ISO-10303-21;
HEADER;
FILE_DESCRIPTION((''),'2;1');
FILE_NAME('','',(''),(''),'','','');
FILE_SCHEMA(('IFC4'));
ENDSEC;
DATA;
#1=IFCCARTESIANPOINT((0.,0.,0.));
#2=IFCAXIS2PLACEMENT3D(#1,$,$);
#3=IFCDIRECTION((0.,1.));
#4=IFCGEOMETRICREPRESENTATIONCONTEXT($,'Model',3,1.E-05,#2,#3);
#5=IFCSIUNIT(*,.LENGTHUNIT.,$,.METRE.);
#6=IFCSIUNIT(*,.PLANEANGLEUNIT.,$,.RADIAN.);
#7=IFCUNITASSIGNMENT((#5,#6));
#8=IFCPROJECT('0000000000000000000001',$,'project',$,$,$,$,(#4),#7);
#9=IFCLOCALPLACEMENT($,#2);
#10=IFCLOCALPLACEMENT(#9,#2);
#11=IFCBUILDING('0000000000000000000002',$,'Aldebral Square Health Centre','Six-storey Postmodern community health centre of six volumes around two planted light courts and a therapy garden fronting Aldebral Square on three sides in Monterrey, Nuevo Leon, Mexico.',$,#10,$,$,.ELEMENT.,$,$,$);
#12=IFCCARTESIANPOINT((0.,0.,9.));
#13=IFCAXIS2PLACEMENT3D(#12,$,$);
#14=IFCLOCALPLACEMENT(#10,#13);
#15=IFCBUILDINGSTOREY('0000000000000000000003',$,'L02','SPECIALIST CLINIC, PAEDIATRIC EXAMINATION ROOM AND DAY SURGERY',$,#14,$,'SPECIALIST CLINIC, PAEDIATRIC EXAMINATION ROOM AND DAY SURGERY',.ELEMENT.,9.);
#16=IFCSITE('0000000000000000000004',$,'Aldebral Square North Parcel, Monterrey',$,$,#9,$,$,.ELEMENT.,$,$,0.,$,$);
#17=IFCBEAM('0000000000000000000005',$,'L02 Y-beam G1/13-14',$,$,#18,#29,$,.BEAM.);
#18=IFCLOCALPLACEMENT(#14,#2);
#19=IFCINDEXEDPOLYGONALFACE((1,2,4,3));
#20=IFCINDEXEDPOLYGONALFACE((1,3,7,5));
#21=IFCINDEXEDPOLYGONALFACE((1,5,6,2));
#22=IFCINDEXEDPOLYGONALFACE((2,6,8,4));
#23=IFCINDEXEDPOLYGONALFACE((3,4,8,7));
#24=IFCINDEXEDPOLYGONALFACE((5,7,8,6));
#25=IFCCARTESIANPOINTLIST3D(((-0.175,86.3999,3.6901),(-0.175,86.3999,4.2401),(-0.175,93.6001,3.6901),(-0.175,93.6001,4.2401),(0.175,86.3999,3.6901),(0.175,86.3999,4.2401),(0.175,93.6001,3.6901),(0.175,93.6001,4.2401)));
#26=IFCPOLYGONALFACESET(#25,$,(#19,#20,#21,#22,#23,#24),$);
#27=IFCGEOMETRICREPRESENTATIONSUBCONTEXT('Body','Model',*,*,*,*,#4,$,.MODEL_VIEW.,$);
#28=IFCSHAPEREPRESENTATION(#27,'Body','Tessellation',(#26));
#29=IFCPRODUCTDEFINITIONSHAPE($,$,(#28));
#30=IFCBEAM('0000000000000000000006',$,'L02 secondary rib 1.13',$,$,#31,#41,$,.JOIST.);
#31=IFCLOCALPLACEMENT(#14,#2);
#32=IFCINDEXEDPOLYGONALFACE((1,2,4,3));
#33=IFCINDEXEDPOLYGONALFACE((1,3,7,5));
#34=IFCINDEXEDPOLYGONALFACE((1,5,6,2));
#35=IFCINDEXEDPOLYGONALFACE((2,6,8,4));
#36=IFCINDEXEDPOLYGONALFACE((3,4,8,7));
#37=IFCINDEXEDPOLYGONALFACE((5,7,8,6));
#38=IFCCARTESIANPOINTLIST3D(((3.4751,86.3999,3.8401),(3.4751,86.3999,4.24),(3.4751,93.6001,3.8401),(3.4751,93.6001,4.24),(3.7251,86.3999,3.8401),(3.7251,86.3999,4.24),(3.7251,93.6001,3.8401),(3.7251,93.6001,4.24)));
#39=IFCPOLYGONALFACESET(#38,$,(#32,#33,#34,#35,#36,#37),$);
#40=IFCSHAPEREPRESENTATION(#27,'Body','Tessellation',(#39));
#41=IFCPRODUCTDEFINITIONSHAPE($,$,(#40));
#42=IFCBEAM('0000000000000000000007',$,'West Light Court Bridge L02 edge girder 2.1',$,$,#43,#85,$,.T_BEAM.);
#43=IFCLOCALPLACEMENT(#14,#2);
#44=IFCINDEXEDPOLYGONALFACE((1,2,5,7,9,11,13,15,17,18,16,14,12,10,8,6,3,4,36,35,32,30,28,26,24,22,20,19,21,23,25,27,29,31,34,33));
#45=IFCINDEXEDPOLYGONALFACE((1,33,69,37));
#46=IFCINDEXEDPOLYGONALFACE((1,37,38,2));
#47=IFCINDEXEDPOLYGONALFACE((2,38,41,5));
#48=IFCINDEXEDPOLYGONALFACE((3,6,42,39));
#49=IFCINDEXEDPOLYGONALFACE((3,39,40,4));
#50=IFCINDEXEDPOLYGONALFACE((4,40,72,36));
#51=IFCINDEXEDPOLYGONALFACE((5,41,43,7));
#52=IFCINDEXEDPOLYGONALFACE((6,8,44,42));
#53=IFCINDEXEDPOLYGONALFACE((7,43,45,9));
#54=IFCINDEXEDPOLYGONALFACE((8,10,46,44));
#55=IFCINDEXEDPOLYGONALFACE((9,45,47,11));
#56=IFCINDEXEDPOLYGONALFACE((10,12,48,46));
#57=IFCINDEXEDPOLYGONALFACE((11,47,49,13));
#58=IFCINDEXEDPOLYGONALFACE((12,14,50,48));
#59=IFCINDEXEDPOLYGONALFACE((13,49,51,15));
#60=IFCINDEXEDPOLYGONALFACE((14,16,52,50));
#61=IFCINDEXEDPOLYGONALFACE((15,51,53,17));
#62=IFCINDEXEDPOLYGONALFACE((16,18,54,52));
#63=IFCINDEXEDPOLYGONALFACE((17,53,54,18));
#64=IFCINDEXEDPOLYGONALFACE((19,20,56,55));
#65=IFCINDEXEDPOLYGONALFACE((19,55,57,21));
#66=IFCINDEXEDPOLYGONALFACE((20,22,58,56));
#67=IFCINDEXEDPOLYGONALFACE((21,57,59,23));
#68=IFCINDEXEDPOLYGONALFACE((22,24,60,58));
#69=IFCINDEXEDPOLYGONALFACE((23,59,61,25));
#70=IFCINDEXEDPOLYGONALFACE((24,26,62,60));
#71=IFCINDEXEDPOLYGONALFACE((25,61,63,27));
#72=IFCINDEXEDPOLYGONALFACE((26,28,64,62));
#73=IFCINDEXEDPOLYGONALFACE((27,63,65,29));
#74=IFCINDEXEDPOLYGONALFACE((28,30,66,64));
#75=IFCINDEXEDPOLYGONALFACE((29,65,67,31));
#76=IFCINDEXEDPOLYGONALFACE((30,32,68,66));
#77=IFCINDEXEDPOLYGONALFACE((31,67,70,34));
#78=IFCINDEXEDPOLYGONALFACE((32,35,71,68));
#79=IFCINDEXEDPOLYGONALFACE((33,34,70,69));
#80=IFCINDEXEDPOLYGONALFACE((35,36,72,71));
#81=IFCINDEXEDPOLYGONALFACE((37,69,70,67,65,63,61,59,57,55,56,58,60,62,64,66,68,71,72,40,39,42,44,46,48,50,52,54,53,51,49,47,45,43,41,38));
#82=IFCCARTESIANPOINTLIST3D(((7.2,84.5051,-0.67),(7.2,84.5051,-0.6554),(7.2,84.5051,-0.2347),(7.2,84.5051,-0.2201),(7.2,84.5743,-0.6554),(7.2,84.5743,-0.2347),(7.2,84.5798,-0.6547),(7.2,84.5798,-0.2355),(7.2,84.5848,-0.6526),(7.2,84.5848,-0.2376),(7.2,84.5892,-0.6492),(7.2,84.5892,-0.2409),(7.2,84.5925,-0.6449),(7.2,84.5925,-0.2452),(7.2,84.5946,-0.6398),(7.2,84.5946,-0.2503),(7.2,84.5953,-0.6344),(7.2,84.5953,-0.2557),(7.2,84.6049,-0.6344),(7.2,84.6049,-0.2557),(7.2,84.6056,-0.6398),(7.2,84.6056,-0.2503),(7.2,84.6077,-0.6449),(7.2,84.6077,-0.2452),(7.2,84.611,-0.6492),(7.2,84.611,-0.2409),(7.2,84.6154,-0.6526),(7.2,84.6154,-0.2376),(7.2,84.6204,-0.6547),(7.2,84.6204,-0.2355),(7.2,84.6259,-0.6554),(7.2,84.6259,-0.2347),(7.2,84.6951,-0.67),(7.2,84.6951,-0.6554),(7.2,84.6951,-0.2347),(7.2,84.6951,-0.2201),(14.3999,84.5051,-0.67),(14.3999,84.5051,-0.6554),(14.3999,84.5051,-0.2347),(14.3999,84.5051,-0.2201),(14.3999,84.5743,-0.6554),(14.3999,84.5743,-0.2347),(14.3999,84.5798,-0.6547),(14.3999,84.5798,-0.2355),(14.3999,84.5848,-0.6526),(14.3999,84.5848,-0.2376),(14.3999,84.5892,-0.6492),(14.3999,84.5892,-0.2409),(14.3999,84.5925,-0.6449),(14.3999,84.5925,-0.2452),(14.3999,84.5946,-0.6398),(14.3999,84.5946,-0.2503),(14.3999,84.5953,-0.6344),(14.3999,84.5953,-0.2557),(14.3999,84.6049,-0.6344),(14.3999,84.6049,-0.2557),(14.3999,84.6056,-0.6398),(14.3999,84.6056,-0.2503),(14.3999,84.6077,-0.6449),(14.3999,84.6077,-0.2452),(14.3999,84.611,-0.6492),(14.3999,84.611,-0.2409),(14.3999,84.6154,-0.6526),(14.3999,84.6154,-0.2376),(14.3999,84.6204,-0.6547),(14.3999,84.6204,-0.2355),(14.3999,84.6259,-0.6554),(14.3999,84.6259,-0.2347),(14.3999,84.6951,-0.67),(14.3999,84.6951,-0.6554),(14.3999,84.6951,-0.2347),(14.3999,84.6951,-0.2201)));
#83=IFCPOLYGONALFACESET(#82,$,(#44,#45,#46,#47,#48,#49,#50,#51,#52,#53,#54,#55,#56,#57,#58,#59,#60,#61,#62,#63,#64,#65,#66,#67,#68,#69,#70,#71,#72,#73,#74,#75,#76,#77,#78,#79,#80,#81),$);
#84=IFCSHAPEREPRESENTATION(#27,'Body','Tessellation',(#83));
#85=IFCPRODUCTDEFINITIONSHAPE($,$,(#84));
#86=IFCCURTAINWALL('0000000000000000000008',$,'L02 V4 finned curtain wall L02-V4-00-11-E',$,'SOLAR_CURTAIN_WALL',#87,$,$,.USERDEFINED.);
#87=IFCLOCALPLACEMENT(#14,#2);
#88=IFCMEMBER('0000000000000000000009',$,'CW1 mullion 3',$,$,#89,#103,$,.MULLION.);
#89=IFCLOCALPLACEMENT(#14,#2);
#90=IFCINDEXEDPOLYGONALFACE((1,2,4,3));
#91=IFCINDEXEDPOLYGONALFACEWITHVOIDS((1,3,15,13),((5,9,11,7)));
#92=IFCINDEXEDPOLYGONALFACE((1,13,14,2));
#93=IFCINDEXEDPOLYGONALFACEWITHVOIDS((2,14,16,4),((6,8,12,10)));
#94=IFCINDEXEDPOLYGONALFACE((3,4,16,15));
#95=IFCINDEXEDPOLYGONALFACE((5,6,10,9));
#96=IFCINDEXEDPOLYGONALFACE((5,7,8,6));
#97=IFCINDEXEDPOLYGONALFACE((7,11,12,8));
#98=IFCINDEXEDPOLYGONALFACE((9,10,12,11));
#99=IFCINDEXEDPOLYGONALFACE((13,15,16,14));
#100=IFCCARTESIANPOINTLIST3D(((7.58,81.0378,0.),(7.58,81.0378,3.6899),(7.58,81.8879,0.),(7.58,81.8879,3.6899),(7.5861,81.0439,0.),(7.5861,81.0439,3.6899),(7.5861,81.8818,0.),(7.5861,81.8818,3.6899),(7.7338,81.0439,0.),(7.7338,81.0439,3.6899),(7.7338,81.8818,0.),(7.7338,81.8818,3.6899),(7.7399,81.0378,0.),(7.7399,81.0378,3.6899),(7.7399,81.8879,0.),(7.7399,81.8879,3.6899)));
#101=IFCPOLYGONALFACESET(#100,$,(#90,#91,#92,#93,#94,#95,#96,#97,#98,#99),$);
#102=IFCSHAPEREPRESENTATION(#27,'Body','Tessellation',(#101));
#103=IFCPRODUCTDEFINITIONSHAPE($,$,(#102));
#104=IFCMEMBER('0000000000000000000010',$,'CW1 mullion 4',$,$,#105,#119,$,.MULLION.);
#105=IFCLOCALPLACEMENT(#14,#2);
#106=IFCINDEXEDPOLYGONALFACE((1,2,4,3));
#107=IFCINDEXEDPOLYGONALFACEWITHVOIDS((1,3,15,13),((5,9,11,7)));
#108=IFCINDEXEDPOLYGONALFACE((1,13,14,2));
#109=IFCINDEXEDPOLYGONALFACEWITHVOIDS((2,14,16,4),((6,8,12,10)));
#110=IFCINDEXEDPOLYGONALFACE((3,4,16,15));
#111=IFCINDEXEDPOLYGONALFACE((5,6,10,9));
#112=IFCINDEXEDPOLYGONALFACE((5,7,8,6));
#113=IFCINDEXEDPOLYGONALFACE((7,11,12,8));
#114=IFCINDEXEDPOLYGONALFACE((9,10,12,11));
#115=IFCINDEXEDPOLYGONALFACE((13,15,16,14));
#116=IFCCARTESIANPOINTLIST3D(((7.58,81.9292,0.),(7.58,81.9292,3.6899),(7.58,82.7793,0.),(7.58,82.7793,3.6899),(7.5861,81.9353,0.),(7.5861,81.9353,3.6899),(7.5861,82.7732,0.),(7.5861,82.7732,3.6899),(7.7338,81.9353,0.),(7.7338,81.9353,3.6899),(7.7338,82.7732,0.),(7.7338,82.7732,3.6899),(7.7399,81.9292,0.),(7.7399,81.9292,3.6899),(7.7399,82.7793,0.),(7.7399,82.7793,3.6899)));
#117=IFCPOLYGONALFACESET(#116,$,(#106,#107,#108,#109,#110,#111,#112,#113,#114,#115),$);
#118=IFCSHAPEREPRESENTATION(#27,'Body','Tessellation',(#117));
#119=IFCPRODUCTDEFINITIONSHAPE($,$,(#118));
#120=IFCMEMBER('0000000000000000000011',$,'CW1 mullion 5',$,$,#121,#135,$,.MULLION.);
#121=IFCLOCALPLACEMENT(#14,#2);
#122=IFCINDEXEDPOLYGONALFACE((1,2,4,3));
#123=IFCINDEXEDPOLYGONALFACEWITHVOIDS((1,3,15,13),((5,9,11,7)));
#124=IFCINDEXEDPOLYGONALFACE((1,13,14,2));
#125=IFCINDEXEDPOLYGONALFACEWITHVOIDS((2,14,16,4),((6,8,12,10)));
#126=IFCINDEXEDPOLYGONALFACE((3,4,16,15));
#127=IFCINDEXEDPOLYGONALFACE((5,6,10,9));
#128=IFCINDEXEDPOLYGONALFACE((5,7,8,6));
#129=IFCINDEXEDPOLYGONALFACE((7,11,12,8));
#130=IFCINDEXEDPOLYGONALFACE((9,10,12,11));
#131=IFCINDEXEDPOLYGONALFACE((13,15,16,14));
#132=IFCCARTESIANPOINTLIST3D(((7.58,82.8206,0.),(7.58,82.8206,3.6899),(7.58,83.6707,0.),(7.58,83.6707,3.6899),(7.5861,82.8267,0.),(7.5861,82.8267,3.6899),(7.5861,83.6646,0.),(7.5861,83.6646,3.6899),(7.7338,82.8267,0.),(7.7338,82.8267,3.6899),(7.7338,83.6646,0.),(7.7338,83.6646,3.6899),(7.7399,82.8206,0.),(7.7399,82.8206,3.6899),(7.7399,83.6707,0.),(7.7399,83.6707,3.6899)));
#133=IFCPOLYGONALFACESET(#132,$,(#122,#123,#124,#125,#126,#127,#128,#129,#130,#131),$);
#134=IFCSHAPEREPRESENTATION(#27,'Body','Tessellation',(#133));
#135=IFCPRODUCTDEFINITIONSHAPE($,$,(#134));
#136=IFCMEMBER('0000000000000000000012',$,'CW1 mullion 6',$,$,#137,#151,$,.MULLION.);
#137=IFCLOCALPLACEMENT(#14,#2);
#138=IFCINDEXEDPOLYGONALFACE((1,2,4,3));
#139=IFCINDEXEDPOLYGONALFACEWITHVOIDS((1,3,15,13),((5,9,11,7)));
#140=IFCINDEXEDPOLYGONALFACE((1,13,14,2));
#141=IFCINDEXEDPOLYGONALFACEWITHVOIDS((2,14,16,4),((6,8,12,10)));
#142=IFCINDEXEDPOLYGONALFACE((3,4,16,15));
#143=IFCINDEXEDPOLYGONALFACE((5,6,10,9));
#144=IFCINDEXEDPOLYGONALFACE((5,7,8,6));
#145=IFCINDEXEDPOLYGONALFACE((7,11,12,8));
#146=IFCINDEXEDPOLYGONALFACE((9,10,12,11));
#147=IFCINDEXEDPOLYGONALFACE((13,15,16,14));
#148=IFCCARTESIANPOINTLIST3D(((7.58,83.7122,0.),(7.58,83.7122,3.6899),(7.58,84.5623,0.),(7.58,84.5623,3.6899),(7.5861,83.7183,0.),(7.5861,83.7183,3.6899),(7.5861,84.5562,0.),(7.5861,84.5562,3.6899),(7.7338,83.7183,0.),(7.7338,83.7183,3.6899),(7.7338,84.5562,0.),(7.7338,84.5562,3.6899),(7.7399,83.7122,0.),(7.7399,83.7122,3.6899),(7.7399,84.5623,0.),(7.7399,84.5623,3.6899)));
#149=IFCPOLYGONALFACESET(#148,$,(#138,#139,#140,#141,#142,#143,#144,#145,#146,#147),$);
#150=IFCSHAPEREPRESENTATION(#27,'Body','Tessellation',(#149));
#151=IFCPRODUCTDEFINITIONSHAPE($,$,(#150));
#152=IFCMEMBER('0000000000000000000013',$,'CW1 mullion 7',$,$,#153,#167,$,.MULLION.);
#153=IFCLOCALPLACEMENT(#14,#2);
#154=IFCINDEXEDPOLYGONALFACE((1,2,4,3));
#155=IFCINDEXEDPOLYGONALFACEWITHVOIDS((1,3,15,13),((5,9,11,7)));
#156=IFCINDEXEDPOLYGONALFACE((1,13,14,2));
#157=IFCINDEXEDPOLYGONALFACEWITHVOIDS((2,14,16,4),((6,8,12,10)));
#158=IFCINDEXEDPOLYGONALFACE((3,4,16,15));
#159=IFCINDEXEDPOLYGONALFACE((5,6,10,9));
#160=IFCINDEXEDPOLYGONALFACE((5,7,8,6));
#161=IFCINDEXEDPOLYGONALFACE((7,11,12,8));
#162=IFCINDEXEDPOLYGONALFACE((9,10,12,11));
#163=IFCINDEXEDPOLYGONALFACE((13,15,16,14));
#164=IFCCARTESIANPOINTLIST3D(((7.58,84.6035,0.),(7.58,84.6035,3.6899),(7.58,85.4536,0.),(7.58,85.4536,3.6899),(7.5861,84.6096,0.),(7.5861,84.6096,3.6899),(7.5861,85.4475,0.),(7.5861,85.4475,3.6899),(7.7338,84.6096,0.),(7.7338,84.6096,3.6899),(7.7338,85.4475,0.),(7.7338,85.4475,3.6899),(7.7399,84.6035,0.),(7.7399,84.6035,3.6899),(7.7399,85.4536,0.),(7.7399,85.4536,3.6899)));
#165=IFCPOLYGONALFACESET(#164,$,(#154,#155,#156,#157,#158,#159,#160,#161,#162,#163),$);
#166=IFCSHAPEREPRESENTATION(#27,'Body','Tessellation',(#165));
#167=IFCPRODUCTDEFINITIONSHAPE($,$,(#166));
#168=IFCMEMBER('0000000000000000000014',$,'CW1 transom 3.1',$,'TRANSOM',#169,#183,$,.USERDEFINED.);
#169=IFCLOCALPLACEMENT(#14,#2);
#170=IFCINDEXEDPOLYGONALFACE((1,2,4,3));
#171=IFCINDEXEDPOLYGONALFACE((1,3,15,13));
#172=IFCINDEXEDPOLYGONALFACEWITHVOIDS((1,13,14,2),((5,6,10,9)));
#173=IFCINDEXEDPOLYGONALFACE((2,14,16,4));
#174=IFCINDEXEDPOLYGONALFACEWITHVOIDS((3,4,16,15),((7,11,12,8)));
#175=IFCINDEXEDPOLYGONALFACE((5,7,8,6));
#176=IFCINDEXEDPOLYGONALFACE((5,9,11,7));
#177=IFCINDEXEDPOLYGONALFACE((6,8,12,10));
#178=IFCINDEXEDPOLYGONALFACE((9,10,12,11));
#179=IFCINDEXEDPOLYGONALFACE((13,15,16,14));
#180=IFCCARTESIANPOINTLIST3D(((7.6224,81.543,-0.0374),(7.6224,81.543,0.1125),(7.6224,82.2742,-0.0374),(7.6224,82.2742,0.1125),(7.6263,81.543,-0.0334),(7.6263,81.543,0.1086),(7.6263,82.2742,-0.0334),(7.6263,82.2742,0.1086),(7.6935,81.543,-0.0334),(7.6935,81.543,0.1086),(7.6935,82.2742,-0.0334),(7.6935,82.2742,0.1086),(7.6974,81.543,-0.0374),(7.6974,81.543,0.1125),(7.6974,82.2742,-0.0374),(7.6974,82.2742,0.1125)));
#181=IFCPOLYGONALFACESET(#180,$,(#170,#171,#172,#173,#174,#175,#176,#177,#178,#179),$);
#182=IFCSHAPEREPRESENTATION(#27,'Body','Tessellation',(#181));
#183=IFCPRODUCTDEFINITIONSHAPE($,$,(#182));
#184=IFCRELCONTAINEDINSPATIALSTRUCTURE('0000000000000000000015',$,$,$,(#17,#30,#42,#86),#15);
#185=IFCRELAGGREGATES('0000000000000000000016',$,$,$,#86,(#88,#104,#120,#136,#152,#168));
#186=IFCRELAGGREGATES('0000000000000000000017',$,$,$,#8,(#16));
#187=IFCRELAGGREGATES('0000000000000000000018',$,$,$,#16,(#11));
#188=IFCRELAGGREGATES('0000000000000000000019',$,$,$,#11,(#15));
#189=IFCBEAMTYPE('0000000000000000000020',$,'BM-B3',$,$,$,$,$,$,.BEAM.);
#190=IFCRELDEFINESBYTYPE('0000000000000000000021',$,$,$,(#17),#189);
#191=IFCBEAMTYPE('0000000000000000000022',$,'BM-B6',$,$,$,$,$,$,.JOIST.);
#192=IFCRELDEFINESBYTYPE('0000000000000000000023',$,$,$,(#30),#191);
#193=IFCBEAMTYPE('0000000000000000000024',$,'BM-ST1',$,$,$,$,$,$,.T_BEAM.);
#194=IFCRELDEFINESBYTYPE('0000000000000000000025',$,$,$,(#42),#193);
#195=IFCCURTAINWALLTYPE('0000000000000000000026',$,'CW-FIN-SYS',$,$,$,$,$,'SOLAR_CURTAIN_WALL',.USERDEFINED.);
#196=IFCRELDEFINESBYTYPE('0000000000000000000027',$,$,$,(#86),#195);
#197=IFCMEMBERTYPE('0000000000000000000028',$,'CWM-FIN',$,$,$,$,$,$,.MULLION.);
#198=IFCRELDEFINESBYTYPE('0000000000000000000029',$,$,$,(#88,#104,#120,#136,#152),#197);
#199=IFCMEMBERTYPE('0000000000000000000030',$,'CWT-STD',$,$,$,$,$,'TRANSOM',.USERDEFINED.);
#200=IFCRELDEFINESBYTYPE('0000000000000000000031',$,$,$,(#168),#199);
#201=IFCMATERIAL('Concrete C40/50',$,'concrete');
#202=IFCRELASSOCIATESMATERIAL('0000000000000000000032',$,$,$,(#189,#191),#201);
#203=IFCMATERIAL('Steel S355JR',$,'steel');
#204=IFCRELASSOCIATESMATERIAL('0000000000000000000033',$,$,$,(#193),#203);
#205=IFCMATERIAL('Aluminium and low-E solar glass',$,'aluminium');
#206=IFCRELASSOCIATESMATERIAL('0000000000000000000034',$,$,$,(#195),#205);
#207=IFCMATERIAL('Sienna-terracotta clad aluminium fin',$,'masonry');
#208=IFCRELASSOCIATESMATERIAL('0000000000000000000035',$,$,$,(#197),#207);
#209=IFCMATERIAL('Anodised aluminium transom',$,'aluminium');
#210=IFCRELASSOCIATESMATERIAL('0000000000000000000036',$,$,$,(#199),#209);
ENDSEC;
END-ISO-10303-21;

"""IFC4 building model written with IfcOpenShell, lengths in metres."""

from ifc_helpers import new_model, si_unit, direction, frame, origin, origin_2d, place, context, subcontext, project, spatial, rectangle, hollow_rectangle, i_section, extrude, material, material_profile, profile_set, type_object, element, aggregate, save


model = new_model("IFC4")

# Units and contexts
model_context = context("Model", 3, precision=1e-05, world=origin(), true_north=direction((0.0, 1.0)))
body_context = subcontext(model_context, "Body", "Model", "MODEL_VIEW")
ifc_project = project(units=[si_unit("LENGTHUNIT", "METRE"), si_unit("PLANEANGLEUNIT", "RADIAN")], contexts=[model_context])

# Site, building, storey
site_placement = place(None, origin())
site = spatial("IfcSite", under=ifc_project, at=site_placement, Name="Aldebral Square North Parcel, Monterrey", CompositionType="ELEMENT", RefElevation=0.0)
building_placement = place(site_placement, origin())
building = spatial("IfcBuilding", under=site, at=building_placement, Name="Aldebral Square Health Centre", Description="Six-storey Postmodern community health centre of six volumes around two planted light courts and a therapy garden fronting Aldebral Square on three sides in Monterrey, Nuevo Leon, Mexico.", CompositionType="ELEMENT")
storey_placement = place(building_placement, frame((0.0, 0.0, 9.0)))
storey = spatial("IfcBuildingStorey", under=building, at=storey_placement, Name="L02", Description="SPECIALIST CLINIC, PAEDIATRIC EXAMINATION ROOM AND DAY SURGERY", LongName="SPECIALIST CLINIC, PAEDIATRIC EXAMINATION ROOM AND DAY SURGERY", CompositionType="ELEMENT", Elevation=9.0)

# Beams
ifc_material_1 = material(Name="Concrete C40/50", Category="concrete")
ifc_material_profile_1 = material_profile(ifc_material_1, rectangle(XDim=0.3501, YDim=0.55, at=origin_2d()), Name="RC 350x550")
ifc_profile_set_1 = profile_set([ifc_material_profile_1], Name="Concrete C40/50")
beam_type_1 = type_object("IfcBeamType", Name="BM-B3", PredefinedType="BEAM", material=ifc_profile_set_1)
beam_1_placement = place(storey_placement, frame((0.0, 86.3999, 3.9651), z_axis=(0.0, 1.0, 0.0), x_axis=(-1.0, 0.0, 0.0)))
element("IfcBeam", 1, at=beam_1_placement, inside=storey, type_object=beam_type_1, Name="L02 Y-beam G1/13-14", PredefinedType="BEAM", context=body_context, shape_type="SweptSolid", body=[
    extrude(rectangle(XDim=0.3501, YDim=0.55, at=origin_2d()), origin(), (0.0, 0.0, 1.0), 7.2002),
])
ifc_material_profile_2 = material_profile(ifc_material_1, rectangle(XDim=0.25, YDim=0.3999, at=origin_2d()), Name="RC 250x400")
ifc_profile_set_2 = profile_set([ifc_material_profile_2], Name="Concrete C40/50")
beam_type_2 = type_object("IfcBeamType", Name="BM-B6", PredefinedType="JOIST", material=ifc_profile_set_2)
beam_2_placement = place(storey_placement, frame((3.6001, 86.3999, 4.04), z_axis=(0.0, 1.0, 0.0), x_axis=(-1.0, 0.0, 0.0)))
element("IfcBeam", 2, at=beam_2_placement, inside=storey, type_object=beam_type_2, Name="L02 secondary rib 1.13", PredefinedType="JOIST", context=body_context, shape_type="SweptSolid", body=[
    extrude(rectangle(XDim=0.25, YDim=0.3999, at=origin_2d()), origin(), (0.0, 0.0, 1.0), 7.2002),
])
ifc_material_2 = material(Name="Steel S355JR", Category="steel")
ifc_material_profile_3 = material_profile(ifc_material_2, i_section(OverallWidth=0.1899, OverallDepth=0.45, WebThickness=0.0095, FlangeThickness=0.0146, FilletRadius=0.021, at=origin_2d()), Name="IPE 450")
ifc_profile_set_3 = profile_set([ifc_material_profile_3], Name="Steel S355JR")
beam_type_3 = type_object("IfcBeamType", Name="BM-ST1", PredefinedType="T_BEAM", material=ifc_profile_set_3)
beam_3_placement = place(storey_placement, frame((7.2, 84.6001, -0.4451), z_axis=(1.0, 0.0, 0.0), x_axis=(0.0, 1.0, 0.0)))
element("IfcBeam", 3, at=beam_3_placement, inside=storey, type_object=beam_type_3, Name="West Light Court Bridge L02 edge girder 2.1", PredefinedType="T_BEAM", context=body_context, shape_type="SweptSolid", body=[
    extrude(i_section(OverallWidth=0.1899, OverallDepth=0.45, WebThickness=0.0095, FlangeThickness=0.0146, FilletRadius=0.021, at=origin_2d()), origin(), (0.0, 0.0, 1.0), 7.2),
])

# Curtain wall, members
ifc_material_3 = material(Name="Aluminium and low-E solar glass", Category="aluminium")
curtain_wall_type = type_object("IfcCurtainWallType", Name="CW-FIN-SYS", ElementType="SOLAR_CURTAIN_WALL", PredefinedType="USERDEFINED", material=ifc_material_3)
curtain_wall_placement = place(storey_placement, origin())
curtain_wall = element("IfcCurtainWall", 4, at=curtain_wall_placement, inside=storey, type_object=curtain_wall_type, Name="L02 V4 finned curtain wall L02-V4-00-11-E", ObjectType="SOLAR_CURTAIN_WALL", PredefinedType="USERDEFINED")
ifc_material_4 = material(Name="Sienna-terracotta clad aluminium fin", Category="masonry")
ifc_material_profile_4 = material_profile(ifc_material_4, hollow_rectangle(XDim=0.1599, YDim=0.8501, WallThickness=0.0061, at=origin_2d()), Name="FIN 160x850x6")
ifc_profile_set_4 = profile_set([ifc_material_profile_4], Name="Sienna-terracotta clad aluminium fin")
member_type_1 = type_object("IfcMemberType", Name="CWM-FIN", PredefinedType="MULLION", material=ifc_profile_set_4)
member_1_placement = place(storey_placement, frame((7.6599, 81.4629, 0.0), z_axis=(0.0, 0.0, 1.0), x_axis=(-1.0, 0.0, 0.0)))
member_1 = element("IfcMember", 5, at=member_1_placement, type_object=member_type_1, Name="CW1 mullion 3", PredefinedType="MULLION", context=body_context, shape_type="SweptSolid", body=[
    extrude(hollow_rectangle(XDim=0.1599, YDim=0.8501, WallThickness=0.0061, at=origin_2d()), origin(), (0.0, 0.0, 1.0), 3.6899),
])
member_2_placement = place(storey_placement, frame((7.6599, 82.3542, 0.0), z_axis=(0.0, 0.0, 1.0), x_axis=(-1.0, 0.0, 0.0)))
member_2 = element("IfcMember", 6, at=member_2_placement, type_object=member_type_1, Name="CW1 mullion 4", PredefinedType="MULLION", context=body_context, shape_type="SweptSolid", body=[
    extrude(hollow_rectangle(XDim=0.1599, YDim=0.8501, WallThickness=0.0061, at=origin_2d()), origin(), (0.0, 0.0, 1.0), 3.6899),
])
member_3_placement = place(storey_placement, frame((7.6599, 83.2456, 0.0), z_axis=(0.0, 0.0, 1.0), x_axis=(-1.0, 0.0, 0.0)))
member_3 = element("IfcMember", 7, at=member_3_placement, type_object=member_type_1, Name="CW1 mullion 5", PredefinedType="MULLION", context=body_context, shape_type="SweptSolid", body=[
    extrude(hollow_rectangle(XDim=0.1599, YDim=0.8501, WallThickness=0.0061, at=origin_2d()), origin(), (0.0, 0.0, 1.0), 3.6899),
])
member_4_placement = place(storey_placement, frame((7.6599, 84.1372, 0.0), z_axis=(0.0, 0.0, 1.0), x_axis=(-1.0, 0.0, 0.0)))
member_4 = element("IfcMember", 8, at=member_4_placement, type_object=member_type_1, Name="CW1 mullion 6", PredefinedType="MULLION", context=body_context, shape_type="SweptSolid", body=[
    extrude(hollow_rectangle(XDim=0.1599, YDim=0.8501, WallThickness=0.0061, at=origin_2d()), origin(), (0.0, 0.0, 1.0), 3.6899),
])
member_5_placement = place(storey_placement, frame((7.6599, 85.0286, 0.0), z_axis=(0.0, 0.0, 1.0), x_axis=(-1.0, 0.0, 0.0)))
member_5 = element("IfcMember", 9, at=member_5_placement, type_object=member_type_1, Name="CW1 mullion 7", PredefinedType="MULLION", context=body_context, shape_type="SweptSolid", body=[
    extrude(hollow_rectangle(XDim=0.1599, YDim=0.8501, WallThickness=0.0061, at=origin_2d()), origin(), (0.0, 0.0, 1.0), 3.6899),
])
ifc_material_5 = material(Name="Anodised aluminium transom", Category="aluminium")
ifc_material_profile_5 = material_profile(ifc_material_5, hollow_rectangle(XDim=0.075, YDim=0.1499, WallThickness=0.0039, at=origin_2d()), Name="CWT 75x150x4")
ifc_profile_set_5 = profile_set([ifc_material_profile_5], Name="Anodised aluminium transom")
member_type_2 = type_object("IfcMemberType", Name="CWT-STD", ElementType="TRANSOM", PredefinedType="USERDEFINED", material=ifc_profile_set_5)
member_6_placement = place(storey_placement, frame((7.6599, 81.543, 0.0376), z_axis=(0.0, 1.0, 0.0), x_axis=(-1.0, 0.0, 0.0)))
member_6 = element("IfcMember", 10, at=member_6_placement, type_object=member_type_2, Name="CW1 transom 3.1", ObjectType="TRANSOM", PredefinedType="USERDEFINED", context=body_context, shape_type="SweptSolid", body=[
    extrude(hollow_rectangle(XDim=0.075, YDim=0.1499, WallThickness=0.0039, at=origin_2d()), origin(), (0.0, 0.0, 1.0), 0.7312),
])
aggregate(curtain_wall, [member_1, member_2, member_3, member_4, member_5, member_6])

save(model, "model.ifc")
